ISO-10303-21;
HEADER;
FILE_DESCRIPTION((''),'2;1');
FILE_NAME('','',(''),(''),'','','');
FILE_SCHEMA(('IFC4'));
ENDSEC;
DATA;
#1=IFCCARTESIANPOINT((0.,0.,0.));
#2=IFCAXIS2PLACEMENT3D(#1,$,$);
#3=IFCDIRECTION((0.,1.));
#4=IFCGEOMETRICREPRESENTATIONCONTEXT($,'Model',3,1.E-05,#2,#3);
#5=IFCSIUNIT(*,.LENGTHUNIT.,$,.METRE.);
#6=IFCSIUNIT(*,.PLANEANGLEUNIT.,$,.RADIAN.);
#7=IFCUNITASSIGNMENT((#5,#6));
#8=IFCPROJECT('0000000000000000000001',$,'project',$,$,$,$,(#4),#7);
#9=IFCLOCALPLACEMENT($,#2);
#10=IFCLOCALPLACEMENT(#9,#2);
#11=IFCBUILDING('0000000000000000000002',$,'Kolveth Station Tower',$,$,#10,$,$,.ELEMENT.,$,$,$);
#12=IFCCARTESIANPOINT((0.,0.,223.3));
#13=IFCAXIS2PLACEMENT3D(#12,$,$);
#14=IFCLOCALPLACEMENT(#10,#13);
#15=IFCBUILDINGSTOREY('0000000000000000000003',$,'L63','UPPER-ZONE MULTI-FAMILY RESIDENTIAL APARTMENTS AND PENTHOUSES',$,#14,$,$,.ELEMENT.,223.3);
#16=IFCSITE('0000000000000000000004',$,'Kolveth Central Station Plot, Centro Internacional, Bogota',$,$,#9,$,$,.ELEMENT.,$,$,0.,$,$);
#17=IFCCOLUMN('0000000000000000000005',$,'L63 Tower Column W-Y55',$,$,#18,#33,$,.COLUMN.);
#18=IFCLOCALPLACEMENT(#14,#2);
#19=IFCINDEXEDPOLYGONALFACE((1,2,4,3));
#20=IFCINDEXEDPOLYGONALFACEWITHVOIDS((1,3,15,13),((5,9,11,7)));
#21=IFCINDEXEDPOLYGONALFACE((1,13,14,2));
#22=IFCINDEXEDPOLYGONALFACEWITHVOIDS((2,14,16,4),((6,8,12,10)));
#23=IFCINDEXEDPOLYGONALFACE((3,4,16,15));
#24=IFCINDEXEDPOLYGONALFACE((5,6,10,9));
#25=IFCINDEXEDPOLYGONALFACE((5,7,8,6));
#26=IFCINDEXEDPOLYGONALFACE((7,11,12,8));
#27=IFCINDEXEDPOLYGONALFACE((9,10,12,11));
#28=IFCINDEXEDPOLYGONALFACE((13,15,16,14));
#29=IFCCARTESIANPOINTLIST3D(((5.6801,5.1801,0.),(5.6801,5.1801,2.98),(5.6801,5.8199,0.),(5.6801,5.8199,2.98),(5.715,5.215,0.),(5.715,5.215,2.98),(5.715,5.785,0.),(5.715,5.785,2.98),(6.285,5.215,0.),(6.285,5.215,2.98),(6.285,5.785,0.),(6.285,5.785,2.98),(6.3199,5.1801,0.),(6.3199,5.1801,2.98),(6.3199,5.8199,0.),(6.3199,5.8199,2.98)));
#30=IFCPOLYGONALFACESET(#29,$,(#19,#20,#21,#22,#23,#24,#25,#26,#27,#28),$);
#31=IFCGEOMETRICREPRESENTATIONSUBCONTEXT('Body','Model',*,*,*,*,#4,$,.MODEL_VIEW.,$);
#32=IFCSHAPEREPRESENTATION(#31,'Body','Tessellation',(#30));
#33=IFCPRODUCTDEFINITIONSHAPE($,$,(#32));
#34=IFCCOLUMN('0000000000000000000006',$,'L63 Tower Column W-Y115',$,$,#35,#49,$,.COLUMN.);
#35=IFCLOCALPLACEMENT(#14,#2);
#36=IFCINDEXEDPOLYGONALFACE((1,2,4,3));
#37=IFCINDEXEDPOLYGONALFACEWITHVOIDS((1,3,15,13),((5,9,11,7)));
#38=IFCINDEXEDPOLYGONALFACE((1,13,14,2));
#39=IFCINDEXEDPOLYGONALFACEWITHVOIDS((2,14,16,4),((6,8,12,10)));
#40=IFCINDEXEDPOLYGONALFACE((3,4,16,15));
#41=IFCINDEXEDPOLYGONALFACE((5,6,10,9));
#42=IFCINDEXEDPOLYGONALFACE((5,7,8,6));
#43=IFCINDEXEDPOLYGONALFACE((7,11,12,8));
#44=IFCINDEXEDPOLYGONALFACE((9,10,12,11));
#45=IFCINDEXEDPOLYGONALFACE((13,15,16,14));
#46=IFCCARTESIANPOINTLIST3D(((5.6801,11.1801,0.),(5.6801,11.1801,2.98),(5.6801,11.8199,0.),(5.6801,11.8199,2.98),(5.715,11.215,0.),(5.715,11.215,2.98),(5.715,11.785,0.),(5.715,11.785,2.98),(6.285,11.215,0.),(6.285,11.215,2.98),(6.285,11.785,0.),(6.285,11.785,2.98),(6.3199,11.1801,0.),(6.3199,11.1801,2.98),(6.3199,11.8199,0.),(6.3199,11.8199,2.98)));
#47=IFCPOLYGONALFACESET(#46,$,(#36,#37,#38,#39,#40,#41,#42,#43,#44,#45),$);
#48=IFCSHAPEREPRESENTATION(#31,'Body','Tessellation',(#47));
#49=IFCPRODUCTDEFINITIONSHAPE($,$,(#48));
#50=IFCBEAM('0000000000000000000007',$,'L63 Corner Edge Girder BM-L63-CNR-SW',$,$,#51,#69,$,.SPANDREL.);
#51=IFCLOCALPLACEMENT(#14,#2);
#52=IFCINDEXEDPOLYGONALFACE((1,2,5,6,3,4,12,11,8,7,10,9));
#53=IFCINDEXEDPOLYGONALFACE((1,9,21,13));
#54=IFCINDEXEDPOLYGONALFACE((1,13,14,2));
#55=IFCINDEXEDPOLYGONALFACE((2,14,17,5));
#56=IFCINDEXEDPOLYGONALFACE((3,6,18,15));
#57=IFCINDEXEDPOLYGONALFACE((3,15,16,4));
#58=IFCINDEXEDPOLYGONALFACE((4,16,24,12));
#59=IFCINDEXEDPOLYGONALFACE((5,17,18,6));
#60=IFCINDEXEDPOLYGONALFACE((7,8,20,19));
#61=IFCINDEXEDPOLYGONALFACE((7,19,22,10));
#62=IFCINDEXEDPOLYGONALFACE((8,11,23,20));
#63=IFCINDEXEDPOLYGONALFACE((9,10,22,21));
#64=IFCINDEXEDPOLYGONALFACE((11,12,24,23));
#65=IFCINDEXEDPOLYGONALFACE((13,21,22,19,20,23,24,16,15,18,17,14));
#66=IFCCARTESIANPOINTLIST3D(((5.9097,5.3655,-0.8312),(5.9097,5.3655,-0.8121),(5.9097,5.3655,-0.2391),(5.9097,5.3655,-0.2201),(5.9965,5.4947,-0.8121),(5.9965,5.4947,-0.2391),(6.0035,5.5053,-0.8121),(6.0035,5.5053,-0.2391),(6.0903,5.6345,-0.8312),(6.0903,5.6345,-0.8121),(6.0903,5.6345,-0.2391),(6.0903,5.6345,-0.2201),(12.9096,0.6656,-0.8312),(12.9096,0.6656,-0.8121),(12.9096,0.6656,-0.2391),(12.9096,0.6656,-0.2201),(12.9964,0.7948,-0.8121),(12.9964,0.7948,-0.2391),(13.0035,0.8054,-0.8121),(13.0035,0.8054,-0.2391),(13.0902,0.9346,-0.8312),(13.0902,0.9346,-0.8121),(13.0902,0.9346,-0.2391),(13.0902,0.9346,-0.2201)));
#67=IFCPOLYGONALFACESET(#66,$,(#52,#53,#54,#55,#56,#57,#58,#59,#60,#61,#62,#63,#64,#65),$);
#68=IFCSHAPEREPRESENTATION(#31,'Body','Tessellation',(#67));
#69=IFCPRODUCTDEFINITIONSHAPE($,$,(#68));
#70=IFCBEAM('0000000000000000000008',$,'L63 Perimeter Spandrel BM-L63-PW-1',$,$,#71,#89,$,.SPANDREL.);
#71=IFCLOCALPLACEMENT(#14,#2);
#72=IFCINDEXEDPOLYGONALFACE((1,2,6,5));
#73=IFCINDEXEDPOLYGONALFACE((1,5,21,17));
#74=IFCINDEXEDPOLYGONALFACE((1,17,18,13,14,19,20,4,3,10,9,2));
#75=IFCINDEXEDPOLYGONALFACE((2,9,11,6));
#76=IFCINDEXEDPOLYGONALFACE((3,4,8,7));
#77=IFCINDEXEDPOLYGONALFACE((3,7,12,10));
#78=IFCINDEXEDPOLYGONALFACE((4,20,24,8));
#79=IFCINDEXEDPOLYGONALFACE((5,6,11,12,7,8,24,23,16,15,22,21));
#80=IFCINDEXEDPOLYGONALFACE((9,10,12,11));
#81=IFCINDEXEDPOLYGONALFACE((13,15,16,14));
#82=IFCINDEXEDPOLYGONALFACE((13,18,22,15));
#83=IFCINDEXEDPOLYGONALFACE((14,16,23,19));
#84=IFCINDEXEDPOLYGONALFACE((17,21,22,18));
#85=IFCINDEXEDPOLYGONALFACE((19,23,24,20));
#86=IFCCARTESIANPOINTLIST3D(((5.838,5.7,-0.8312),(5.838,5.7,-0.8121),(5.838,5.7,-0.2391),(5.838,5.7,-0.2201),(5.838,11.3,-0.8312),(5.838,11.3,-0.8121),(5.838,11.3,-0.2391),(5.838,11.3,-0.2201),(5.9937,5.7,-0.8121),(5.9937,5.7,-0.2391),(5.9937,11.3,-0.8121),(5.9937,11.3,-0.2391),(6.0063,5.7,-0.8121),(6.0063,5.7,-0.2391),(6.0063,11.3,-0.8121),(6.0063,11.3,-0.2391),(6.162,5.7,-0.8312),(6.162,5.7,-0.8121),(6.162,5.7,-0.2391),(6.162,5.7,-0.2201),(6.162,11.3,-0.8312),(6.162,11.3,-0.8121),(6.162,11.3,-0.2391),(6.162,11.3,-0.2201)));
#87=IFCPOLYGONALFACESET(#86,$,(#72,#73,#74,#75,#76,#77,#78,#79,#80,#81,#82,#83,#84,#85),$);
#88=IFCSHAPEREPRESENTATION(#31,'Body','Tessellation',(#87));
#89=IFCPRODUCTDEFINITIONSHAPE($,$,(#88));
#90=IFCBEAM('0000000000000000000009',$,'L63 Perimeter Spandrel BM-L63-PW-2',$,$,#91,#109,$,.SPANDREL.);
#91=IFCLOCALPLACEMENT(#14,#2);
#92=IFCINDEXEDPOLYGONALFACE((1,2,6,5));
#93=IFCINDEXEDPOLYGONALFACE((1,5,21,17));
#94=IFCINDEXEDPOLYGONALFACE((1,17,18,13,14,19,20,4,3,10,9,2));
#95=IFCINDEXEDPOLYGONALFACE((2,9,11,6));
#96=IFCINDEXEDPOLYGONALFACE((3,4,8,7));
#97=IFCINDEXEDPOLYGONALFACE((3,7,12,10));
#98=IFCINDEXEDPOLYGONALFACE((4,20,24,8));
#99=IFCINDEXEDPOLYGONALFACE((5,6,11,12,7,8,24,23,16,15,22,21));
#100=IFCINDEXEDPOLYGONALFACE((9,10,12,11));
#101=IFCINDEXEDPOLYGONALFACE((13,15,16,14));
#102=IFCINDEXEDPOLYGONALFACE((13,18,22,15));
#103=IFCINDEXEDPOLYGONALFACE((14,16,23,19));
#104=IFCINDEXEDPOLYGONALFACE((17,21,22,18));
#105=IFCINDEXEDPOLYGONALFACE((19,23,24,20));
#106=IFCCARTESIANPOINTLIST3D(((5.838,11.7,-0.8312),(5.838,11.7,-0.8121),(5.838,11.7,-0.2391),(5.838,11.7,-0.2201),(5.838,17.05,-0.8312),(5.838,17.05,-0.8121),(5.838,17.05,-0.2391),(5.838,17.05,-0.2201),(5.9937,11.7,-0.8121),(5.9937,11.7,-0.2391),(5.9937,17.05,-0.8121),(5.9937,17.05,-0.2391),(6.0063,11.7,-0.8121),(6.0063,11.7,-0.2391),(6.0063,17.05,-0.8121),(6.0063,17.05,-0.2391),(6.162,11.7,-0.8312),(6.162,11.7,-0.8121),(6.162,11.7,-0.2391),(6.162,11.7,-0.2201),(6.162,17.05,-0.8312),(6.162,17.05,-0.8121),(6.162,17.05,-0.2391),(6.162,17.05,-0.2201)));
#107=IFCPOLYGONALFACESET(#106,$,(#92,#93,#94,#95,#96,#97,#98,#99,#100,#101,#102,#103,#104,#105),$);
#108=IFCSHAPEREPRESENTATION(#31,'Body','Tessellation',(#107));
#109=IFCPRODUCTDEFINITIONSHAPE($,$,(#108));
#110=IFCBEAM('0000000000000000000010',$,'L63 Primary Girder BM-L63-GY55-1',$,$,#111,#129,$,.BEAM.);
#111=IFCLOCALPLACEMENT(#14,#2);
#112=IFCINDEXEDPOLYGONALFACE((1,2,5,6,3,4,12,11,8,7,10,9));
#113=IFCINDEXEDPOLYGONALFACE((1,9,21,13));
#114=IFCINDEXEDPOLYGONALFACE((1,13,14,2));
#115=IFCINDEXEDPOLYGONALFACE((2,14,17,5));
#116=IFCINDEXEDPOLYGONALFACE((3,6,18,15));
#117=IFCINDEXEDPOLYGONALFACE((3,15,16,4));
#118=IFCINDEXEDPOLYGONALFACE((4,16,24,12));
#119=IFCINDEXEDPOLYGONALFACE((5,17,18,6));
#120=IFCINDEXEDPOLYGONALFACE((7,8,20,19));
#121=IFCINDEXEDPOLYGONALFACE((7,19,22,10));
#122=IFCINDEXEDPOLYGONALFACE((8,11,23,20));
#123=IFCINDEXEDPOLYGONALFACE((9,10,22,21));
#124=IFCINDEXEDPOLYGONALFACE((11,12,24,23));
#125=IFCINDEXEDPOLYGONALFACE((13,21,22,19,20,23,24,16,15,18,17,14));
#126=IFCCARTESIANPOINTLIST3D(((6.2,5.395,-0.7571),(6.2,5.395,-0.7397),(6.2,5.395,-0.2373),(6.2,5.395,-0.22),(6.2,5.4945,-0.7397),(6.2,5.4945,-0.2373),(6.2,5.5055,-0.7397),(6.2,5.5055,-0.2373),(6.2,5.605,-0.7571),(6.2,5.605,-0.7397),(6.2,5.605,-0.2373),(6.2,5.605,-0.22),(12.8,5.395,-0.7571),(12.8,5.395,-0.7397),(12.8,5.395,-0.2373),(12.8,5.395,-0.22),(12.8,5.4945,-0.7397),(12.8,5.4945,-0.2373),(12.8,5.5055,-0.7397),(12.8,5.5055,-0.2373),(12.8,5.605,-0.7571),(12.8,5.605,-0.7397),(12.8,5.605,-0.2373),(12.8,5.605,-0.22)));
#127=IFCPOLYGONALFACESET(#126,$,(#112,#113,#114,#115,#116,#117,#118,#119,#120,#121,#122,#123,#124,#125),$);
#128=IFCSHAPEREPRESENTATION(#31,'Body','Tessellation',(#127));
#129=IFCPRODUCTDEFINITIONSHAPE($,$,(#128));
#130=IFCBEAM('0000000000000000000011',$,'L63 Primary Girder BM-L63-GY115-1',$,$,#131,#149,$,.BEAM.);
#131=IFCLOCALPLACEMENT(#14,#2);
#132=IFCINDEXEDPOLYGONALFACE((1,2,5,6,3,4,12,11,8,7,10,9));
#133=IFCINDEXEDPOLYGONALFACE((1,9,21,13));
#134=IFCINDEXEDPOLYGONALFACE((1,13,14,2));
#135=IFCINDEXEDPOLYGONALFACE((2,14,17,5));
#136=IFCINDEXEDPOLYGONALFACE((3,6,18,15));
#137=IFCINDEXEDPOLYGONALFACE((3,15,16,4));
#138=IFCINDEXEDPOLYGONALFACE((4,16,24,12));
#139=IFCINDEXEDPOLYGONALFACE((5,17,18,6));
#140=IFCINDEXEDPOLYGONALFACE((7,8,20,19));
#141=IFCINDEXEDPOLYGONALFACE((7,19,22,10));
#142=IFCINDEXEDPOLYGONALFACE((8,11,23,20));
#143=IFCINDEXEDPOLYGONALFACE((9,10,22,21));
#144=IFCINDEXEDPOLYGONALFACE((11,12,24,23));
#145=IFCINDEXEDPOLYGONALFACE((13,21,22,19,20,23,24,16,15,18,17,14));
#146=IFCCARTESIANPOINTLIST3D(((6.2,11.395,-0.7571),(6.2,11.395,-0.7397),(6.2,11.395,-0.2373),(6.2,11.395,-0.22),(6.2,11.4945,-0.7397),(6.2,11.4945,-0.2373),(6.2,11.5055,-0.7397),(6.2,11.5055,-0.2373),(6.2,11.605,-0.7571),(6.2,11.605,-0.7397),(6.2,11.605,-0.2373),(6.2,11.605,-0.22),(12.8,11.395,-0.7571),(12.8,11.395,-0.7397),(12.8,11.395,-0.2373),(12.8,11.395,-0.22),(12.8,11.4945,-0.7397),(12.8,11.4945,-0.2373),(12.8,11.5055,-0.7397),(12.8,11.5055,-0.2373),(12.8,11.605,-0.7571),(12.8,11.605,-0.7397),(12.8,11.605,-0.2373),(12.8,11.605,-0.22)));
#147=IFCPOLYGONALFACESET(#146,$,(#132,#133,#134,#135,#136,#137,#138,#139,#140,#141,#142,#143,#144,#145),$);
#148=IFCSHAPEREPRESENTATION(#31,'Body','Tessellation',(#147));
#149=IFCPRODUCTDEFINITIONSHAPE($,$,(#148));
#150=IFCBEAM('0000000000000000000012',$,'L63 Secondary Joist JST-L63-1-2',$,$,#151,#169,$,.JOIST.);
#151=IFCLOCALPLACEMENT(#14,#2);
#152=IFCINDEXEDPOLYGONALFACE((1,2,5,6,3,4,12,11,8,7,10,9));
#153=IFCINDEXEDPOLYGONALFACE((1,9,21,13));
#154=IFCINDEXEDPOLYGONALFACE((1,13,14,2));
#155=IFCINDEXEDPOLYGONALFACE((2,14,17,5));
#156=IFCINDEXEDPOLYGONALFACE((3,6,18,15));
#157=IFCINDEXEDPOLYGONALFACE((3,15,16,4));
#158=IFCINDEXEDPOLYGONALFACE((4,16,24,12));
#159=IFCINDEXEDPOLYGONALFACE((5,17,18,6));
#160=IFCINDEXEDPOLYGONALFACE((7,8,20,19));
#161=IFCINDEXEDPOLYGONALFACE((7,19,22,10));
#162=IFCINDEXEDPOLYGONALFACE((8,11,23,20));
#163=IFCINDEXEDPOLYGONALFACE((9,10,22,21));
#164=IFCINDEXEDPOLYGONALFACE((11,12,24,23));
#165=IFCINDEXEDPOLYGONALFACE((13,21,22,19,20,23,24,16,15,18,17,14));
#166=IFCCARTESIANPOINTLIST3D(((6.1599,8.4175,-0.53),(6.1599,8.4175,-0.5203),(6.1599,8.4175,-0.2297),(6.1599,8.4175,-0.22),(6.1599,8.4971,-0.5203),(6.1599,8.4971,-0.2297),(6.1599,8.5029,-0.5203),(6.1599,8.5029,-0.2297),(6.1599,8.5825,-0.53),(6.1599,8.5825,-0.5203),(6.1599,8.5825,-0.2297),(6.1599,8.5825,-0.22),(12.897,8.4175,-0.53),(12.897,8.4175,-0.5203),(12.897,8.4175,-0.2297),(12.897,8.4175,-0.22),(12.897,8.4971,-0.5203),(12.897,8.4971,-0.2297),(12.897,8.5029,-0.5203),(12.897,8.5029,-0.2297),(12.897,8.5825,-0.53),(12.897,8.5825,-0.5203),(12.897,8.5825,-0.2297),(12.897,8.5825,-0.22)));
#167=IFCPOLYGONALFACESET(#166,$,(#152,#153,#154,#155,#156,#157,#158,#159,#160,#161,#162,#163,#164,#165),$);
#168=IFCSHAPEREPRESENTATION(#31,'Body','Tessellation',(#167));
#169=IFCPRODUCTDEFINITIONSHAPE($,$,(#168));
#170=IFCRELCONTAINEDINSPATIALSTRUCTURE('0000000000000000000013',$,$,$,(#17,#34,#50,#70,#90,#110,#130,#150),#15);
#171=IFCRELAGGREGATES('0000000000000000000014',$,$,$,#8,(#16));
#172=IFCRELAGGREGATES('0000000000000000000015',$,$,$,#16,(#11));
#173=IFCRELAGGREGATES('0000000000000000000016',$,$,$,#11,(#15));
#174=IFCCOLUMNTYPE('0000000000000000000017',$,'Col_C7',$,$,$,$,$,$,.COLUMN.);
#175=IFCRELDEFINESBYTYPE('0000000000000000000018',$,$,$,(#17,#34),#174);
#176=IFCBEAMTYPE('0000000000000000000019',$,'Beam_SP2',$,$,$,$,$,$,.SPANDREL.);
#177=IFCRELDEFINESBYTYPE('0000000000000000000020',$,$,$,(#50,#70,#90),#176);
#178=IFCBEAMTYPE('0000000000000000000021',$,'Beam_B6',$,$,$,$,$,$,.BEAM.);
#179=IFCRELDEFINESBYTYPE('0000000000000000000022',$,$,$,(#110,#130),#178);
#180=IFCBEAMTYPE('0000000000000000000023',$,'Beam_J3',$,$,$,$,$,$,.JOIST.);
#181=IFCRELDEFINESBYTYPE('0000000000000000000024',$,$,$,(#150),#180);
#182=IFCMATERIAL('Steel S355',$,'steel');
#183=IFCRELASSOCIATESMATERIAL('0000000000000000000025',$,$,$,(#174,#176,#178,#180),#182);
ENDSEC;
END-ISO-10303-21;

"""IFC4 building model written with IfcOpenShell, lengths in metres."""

from ifc_helpers import new_model, si_unit, direction, frame, origin, origin_2d, place, context, subcontext, project, spatial, hollow_rectangle, i_section, extrude, source, transform, mapped, material, material_profile, profile_set, type_object, element, save


model = new_model("IFC4")

# Units and contexts
model_context = context("Model", 3, precision=1e-05, world=origin(), true_north=direction((0.0, 1.0)))
body_context = subcontext(model_context, "Body", "Model", "MODEL_VIEW")
ifc_project = project(units=[si_unit("LENGTHUNIT", "METRE"), si_unit("PLANEANGLEUNIT", "RADIAN")], contexts=[model_context])

# Site, building, storey
site_placement = place(None, origin())
site = spatial("IfcSite", under=ifc_project, at=site_placement, Name="Kolveth Central Station Plot, Centro Internacional, Bogota", CompositionType="ELEMENT", RefElevation=0.0)
building_placement = place(site_placement, origin())
building = spatial("IfcBuilding", under=site, at=building_placement, Name="Kolveth Station Tower", CompositionType="ELEMENT")
storey_placement = place(building_placement, frame((0.0, 0.0, 223.3)))
storey = spatial("IfcBuildingStorey", under=building, at=storey_placement, Name="L63", Description="UPPER-ZONE MULTI-FAMILY RESIDENTIAL APARTMENTS AND PENTHOUSES", CompositionType="ELEMENT", Elevation=223.3)

# Columns
ifc_material_1 = material(Name="Steel S355", Category="steel")
ifc_material_profile_1 = material_profile(ifc_material_1, hollow_rectangle(XDim=0.6399, YDim=0.6399, WallThickness=0.0349, at=origin_2d()), Name="BOX640x640x35")
ifc_profile_set_1 = profile_set([ifc_material_profile_1], Name="Steel S355")
column_type = type_object("IfcColumnType", Name="Col_C7", PredefinedType="COLUMN", material=ifc_profile_set_1)
shared_shape_1 = source(origin(), body_context, "Body", "SweptSolid", [
    extrude(hollow_rectangle(XDim=0.6399, YDim=0.6399, WallThickness=0.0349, at=origin_2d()), origin(), (0.0, 0.0, 1.0), 2.98),
])
for number, where, z_axis, x_axis, name in (
    (1, (6.0, 5.5, 0.0), (0.0, 0.0, 1.0), (1.0, 0.0, 0.0), "L63 Tower Column W-Y55"),
    (2, (6.0, 11.5, 0.0), (0.0, 0.0, 1.0), (1.0, 0.0, 0.0), "L63 Tower Column W-Y115"),
):
    element("IfcColumn", number, at=place(storey_placement, frame(where, z_axis=z_axis, x_axis=x_axis)), inside=storey, type_object=column_type, Name=name, PredefinedType="COLUMN", context=body_context, shape_type="MappedRepresentation", body=[
        mapped(shared_shape_1, transform((0.0, 0.0, 0.0), x_axis=(1.0, 0.0, 0.0), y_axis=(0.0, 1.0, 0.0), z_axis=(0.0, 0.0, 1.0), scale=1.0)),
    ])

# Beams
ifc_material_profile_2 = material_profile(ifc_material_1, i_section(OverallWidth=0.324, OverallDepth=0.6111, WebThickness=0.0127, FlangeThickness=0.019, at=origin_2d()), Name="W610x155")
ifc_profile_set_2 = profile_set([ifc_material_profile_2], Name="Steel S355")
beam_type_1 = type_object("IfcBeamType", Name="Beam_SP2", PredefinedType="SPANDREL", material=ifc_profile_set_2)
shared_shape_2 = source(origin(), body_context, "Body", "SweptSolid", [
    extrude(i_section(OverallWidth=0.324, OverallDepth=0.6111, WebThickness=0.0127, FlangeThickness=0.019, at=origin_2d()), origin(), (0.0, 0.0, 1.0), 8.4314),
])
beam_1_placement = place(storey_placement, frame((6.0, 5.5, -0.5256), z_axis=(0.830224, -0.55743, 0.0), x_axis=(0.55743, 0.830224, 0.0)))
element("IfcBeam", 3, at=beam_1_placement, inside=storey, type_object=beam_type_1, Name="L63 Corner Edge Girder BM-L63-CNR-SW", PredefinedType="SPANDREL", context=body_context, shape_type="MappedRepresentation", body=[
    mapped(shared_shape_2, transform((0.0, 0.0, 0.0), x_axis=(1.0, 0.0, 0.0), y_axis=(0.0, 1.0, 0.0), z_axis=(0.0, 0.0, 1.0), scale=1.0)),
])
shared_shape_3 = source(origin(), body_context, "Body", "SweptSolid", [
    extrude(i_section(OverallWidth=0.324, OverallDepth=0.6111, WebThickness=0.0127, FlangeThickness=0.019, at=origin_2d()), origin(), (0.0, 0.0, 1.0), 5.6001),
])
beam_2_placement = place(storey_placement, frame((6.0, 5.7, -0.5256), z_axis=(0.0, 1.0, 0.0), x_axis=(-1.0, 0.0, 0.0)))
element("IfcBeam", 4, at=beam_2_placement, inside=storey, type_object=beam_type_1, Name="L63 Perimeter Spandrel BM-L63-PW-1", PredefinedType="SPANDREL", context=body_context, shape_type="MappedRepresentation", body=[
    mapped(shared_shape_3, transform((0.0, 0.0, 0.0), x_axis=(1.0, 0.0, 0.0), y_axis=(0.0, 1.0, 0.0), z_axis=(0.0, 0.0, 1.0), scale=1.0)),
])
shared_shape_4 = source(origin(), body_context, "Body", "SweptSolid", [
    extrude(i_section(OverallWidth=0.324, OverallDepth=0.6111, WebThickness=0.0127, FlangeThickness=0.019, at=origin_2d()), origin(), (0.0, 0.0, 1.0), 5.3501),
])
beam_3_placement = place(storey_placement, frame((6.0, 11.7, -0.5256), z_axis=(0.0, 1.0, 0.0), x_axis=(-1.0, 0.0, 0.0)))
element("IfcBeam", 5, at=beam_3_placement, inside=storey, type_object=beam_type_1, Name="L63 Perimeter Spandrel BM-L63-PW-2", PredefinedType="SPANDREL", context=body_context, shape_type="MappedRepresentation", body=[
    mapped(shared_shape_4, transform((0.0, 0.0, 0.0), x_axis=(1.0, 0.0, 0.0), y_axis=(0.0, 1.0, 0.0), z_axis=(0.0, 0.0, 1.0), scale=1.0)),
])
ifc_material_profile_3 = material_profile(ifc_material_1, i_section(OverallWidth=0.21, OverallDepth=0.5371, WebThickness=0.011, FlangeThickness=0.0173, at=origin_2d()), Name="W530x101")
ifc_profile_set_3 = profile_set([ifc_material_profile_3], Name="Steel S355")
beam_type_2 = type_object("IfcBeamType", Name="Beam_B6", PredefinedType="BEAM", material=ifc_profile_set_3)
shared_shape_5 = source(origin(), body_context, "Body", "SweptSolid", [
    extrude(i_section(OverallWidth=0.21, OverallDepth=0.5371, WebThickness=0.011, FlangeThickness=0.0173, at=origin_2d()), origin(), (0.0, 0.0, 1.0), 6.6001),
])
for number, where, z_axis, x_axis, name in (
    (6, (6.2, 5.5, -0.4885), (1.0, 0.0, 0.0), (0.0, 1.0, 0.0), "L63 Primary Girder BM-L63-GY55-1"),
    (7, (6.2, 11.5, -0.4885), (1.0, 0.0, 0.0), (0.0, 1.0, 0.0), "L63 Primary Girder BM-L63-GY115-1"),
):
    element("IfcBeam", number, at=place(storey_placement, frame(where, z_axis=z_axis, x_axis=x_axis)), inside=storey, type_object=beam_type_2, Name=name, PredefinedType="BEAM", context=body_context, shape_type="MappedRepresentation", body=[
        mapped(shared_shape_5, transform((0.0, 0.0, 0.0), x_axis=(1.0, 0.0, 0.0), y_axis=(0.0, 1.0, 0.0), z_axis=(0.0, 0.0, 1.0), scale=1.0)),
    ])
ifc_material_profile_4 = material_profile(ifc_material_1, i_section(OverallWidth=0.165, OverallDepth=0.3101, WebThickness=0.0059, FlangeThickness=0.0098, at=origin_2d()), Name="W310x39")
ifc_profile_set_4 = profile_set([ifc_material_profile_4], Name="Steel S355")
beam_type_3 = type_object("IfcBeamType", Name="Beam_J3", PredefinedType="JOIST", material=ifc_profile_set_4)
shared_shape_6 = source(origin(), body_context, "Body", "SweptSolid", [
    extrude(i_section(OverallWidth=0.165, OverallDepth=0.3101, WebThickness=0.0059, FlangeThickness=0.0098, at=origin_2d()), origin(), (0.0, 0.0, 1.0), 6.7371),
])
beam_4_placement = place(storey_placement, frame((6.1599, 8.5, -0.375), z_axis=(1.0, 0.0, 0.0), x_axis=(0.0, 1.0, 0.0)))
element("IfcBeam", 8, at=beam_4_placement, inside=storey, type_object=beam_type_3, Name="L63 Secondary Joist JST-L63-1-2", PredefinedType="JOIST", context=body_context, shape_type="MappedRepresentation", body=[
    mapped(shared_shape_6, transform((0.0, 0.0, 0.0), x_axis=(1.0, 0.0, 0.0), y_axis=(0.0, 1.0, 0.0), z_axis=(0.0, 0.0, 1.0), scale=1.0)),
])

save(model, "model.ifc")
